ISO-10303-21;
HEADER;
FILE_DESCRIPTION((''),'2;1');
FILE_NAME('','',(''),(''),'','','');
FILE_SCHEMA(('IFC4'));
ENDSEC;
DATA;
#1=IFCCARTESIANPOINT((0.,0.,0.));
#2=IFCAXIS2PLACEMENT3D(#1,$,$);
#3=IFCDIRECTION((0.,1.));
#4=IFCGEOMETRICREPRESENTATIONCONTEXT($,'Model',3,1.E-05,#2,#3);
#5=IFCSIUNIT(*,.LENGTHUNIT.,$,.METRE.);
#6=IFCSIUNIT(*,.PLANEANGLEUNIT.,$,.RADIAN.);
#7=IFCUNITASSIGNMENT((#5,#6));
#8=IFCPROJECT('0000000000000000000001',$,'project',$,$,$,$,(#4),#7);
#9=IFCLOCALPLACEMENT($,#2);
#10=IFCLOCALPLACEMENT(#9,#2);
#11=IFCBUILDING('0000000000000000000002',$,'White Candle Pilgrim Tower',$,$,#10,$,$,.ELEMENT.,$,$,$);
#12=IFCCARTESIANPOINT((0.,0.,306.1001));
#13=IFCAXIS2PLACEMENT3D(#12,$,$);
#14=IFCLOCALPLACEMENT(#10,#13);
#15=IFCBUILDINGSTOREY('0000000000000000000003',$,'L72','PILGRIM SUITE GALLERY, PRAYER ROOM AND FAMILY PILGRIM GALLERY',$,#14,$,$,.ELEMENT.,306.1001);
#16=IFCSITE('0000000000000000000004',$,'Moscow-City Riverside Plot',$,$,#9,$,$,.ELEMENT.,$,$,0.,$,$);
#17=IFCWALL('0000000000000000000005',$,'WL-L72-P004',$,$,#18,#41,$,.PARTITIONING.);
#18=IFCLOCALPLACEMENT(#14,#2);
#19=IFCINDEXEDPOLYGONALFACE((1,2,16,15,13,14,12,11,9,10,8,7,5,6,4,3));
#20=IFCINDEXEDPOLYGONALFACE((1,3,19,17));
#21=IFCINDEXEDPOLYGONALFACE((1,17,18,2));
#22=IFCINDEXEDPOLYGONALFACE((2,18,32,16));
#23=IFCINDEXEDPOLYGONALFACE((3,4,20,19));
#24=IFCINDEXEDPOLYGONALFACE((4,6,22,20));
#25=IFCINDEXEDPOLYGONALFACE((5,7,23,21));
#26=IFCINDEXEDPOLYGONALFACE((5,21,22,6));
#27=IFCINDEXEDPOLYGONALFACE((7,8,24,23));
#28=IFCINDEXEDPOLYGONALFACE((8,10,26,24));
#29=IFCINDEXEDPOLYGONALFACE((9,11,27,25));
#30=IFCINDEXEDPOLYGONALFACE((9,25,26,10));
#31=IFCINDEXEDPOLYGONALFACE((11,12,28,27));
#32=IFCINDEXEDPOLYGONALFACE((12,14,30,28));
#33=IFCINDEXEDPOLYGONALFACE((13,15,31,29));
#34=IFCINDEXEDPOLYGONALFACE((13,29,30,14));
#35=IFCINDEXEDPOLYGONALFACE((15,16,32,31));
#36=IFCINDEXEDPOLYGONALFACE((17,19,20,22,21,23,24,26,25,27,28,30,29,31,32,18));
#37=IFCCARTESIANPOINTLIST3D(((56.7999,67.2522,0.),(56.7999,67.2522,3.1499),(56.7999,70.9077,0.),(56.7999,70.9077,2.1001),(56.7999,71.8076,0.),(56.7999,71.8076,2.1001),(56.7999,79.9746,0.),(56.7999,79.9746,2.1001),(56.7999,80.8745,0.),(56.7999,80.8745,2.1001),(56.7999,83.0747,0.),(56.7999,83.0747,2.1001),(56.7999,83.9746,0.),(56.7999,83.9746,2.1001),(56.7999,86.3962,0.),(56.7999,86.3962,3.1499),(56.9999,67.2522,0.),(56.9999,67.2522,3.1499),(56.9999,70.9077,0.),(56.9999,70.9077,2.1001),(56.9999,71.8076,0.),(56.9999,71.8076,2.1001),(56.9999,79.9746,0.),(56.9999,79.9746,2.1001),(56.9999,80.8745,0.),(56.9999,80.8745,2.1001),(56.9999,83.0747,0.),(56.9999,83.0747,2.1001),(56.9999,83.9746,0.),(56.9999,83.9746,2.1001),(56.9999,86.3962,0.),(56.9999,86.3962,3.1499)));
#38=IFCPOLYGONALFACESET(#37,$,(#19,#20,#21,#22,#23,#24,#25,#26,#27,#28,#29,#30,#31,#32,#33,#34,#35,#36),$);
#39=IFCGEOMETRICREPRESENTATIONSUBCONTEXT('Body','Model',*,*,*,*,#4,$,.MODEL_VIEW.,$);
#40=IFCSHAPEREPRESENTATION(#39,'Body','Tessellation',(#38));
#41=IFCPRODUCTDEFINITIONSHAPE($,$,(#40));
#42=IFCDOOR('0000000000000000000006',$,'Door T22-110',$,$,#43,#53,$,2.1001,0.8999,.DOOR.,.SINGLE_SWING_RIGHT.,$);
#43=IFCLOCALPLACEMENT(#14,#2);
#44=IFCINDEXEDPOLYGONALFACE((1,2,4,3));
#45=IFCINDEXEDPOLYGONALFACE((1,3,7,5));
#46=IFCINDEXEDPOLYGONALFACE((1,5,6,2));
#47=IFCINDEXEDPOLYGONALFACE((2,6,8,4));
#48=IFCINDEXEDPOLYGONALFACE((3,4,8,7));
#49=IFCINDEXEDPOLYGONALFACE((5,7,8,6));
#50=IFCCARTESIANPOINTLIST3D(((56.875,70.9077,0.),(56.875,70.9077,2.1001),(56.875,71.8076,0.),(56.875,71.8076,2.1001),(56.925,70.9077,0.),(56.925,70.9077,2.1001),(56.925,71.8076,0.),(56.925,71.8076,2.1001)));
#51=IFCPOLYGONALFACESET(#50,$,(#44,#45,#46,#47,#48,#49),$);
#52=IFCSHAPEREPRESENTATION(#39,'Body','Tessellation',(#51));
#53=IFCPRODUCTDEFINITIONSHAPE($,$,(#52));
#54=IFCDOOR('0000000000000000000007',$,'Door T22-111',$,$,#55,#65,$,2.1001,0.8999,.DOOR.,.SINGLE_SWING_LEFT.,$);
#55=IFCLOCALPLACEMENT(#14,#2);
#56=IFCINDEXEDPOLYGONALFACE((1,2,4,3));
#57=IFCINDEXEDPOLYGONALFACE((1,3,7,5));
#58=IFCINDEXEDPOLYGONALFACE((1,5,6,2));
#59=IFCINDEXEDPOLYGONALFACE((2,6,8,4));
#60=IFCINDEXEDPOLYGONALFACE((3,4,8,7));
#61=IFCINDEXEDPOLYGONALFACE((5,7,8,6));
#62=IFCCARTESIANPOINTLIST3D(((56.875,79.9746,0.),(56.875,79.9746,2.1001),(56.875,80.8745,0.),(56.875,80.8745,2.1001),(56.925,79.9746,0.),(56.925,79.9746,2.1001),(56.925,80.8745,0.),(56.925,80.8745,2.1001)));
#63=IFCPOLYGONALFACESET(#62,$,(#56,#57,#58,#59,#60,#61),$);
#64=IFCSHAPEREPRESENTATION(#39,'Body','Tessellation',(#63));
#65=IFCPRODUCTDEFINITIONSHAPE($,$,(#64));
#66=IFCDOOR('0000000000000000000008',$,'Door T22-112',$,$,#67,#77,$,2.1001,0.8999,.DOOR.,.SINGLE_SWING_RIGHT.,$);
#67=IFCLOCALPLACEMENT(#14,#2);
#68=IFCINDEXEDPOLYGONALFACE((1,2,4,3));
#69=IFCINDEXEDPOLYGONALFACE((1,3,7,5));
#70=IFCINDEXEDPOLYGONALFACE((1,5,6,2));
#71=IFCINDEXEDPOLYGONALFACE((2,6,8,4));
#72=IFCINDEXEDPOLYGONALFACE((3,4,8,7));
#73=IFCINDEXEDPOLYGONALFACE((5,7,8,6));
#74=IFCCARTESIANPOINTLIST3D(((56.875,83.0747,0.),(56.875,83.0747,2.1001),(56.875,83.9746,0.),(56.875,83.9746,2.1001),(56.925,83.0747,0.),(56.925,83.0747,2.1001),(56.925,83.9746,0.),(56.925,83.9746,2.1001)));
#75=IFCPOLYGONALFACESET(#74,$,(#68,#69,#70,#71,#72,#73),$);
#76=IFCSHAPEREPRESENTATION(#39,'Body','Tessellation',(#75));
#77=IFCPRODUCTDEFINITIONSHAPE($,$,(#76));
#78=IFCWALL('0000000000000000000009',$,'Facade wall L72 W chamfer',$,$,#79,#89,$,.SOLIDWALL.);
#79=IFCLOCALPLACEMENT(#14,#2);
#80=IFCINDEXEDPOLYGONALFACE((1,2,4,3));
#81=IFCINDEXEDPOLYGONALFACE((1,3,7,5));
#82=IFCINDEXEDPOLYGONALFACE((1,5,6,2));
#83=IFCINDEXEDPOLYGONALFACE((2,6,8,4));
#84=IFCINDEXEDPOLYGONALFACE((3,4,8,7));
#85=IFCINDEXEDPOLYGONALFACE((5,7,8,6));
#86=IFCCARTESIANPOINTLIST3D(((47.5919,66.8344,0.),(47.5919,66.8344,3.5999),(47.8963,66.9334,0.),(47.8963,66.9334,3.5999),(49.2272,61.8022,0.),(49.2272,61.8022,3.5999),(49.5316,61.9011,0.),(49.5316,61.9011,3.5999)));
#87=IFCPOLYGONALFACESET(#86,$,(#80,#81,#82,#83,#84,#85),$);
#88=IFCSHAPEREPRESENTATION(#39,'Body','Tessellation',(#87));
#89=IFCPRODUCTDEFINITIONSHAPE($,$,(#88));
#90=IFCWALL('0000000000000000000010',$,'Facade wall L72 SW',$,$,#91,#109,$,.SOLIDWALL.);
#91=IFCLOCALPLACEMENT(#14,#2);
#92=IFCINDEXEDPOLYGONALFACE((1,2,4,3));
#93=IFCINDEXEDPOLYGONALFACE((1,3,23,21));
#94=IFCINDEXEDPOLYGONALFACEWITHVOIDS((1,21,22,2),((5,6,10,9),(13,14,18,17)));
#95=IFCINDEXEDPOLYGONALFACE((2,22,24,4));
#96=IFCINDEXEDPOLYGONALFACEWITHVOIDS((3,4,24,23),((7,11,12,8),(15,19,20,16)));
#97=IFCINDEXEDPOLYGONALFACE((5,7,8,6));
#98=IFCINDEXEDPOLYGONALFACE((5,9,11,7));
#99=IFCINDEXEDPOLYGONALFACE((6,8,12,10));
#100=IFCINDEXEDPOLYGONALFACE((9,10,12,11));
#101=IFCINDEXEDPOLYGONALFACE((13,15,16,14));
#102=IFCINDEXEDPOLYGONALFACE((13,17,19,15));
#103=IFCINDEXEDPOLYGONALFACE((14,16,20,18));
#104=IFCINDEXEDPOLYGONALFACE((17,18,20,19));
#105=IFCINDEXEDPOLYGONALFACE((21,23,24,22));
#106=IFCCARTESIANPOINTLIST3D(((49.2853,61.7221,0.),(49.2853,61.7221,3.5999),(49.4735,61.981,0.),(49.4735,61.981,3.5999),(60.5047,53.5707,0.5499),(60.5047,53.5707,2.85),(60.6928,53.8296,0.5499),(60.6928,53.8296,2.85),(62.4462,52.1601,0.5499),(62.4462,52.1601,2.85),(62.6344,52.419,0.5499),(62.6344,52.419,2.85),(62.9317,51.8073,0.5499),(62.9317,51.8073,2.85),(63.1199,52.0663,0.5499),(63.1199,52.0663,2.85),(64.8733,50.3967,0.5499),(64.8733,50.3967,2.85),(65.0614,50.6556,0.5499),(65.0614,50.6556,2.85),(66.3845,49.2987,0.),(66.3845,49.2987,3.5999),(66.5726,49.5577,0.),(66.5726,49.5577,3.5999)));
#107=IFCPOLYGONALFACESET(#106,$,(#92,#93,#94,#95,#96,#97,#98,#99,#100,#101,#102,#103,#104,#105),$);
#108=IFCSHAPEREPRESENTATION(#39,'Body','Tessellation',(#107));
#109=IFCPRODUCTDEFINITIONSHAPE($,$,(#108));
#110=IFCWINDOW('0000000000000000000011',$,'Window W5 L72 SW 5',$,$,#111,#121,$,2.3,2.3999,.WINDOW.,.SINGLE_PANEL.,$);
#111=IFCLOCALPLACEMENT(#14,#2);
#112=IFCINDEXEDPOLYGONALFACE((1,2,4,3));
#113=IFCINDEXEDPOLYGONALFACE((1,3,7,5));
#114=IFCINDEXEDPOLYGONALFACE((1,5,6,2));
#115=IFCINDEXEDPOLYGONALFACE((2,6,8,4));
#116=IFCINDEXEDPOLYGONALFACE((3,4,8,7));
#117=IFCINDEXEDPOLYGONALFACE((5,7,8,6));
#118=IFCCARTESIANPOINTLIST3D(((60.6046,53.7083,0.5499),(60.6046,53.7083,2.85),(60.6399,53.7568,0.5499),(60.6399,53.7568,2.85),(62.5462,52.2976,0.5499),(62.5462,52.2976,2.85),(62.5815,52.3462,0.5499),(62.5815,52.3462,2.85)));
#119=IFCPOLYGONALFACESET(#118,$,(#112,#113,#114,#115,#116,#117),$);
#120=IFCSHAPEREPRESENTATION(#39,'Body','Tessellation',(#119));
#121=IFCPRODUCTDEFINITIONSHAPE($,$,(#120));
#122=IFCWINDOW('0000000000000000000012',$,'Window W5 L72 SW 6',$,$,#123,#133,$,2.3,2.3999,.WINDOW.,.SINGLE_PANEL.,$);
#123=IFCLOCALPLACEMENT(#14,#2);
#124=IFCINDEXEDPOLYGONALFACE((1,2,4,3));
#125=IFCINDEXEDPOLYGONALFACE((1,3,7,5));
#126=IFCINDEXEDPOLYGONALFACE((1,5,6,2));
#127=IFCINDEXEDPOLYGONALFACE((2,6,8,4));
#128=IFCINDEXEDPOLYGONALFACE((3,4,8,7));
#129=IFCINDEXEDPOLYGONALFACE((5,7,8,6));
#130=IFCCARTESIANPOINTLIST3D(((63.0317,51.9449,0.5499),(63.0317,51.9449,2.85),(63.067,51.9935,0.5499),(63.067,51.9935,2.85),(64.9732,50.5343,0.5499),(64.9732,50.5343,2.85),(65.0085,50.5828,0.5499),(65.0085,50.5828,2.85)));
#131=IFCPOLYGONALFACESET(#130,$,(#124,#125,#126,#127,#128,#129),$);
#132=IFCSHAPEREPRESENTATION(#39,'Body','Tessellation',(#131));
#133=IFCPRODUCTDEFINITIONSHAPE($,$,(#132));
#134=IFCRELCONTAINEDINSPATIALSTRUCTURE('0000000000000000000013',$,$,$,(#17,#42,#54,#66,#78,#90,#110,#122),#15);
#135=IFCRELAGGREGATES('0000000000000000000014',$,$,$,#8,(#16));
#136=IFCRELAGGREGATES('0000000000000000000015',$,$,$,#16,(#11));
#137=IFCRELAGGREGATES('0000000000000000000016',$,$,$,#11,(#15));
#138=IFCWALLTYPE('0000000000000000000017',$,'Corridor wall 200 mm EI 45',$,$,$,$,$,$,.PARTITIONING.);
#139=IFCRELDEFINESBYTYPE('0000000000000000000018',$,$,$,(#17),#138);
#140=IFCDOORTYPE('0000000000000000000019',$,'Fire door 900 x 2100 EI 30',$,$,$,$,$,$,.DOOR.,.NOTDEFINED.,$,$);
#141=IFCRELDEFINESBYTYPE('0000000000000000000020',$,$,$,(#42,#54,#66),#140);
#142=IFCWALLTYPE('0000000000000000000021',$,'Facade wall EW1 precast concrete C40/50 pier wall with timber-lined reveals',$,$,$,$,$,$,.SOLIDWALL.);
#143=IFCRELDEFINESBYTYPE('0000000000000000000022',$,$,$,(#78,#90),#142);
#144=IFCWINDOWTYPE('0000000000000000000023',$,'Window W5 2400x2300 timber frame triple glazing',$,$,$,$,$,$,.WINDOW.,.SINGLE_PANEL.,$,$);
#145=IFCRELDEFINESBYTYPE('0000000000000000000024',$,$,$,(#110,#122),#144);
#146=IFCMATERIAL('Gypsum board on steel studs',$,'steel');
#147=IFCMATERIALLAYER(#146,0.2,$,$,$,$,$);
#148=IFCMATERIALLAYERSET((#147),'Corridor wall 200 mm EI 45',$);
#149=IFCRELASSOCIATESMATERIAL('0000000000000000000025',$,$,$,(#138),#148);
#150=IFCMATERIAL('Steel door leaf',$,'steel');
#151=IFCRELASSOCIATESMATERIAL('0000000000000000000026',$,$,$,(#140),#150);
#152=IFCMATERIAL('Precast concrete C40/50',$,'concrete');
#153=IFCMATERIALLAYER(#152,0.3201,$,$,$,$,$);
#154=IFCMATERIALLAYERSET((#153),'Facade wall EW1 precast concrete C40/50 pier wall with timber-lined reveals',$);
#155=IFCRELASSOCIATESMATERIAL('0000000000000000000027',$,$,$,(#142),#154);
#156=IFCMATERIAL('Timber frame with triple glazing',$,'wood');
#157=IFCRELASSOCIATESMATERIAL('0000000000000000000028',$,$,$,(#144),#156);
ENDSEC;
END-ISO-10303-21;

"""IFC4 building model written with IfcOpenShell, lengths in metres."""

from ifc_helpers import new_model, si_unit, direction, frame, frame_2d, origin, place, context, subcontext, project, spatial, rectangle, extrude, material, layer, layer_set, type_object, element, fill, save


model = new_model("IFC4")

# Units and contexts
model_context = context("Model", 3, precision=1e-05, world=origin(), true_north=direction((0.0, 1.0)))
body_context = subcontext(model_context, "Body", "Model", "MODEL_VIEW")
ifc_project = project(units=[si_unit("LENGTHUNIT", "METRE"), si_unit("PLANEANGLEUNIT", "RADIAN")], contexts=[model_context])

# Site, building, storey
site_placement = place(None, origin())
site = spatial("IfcSite", under=ifc_project, at=site_placement, Name="Moscow-City Riverside Plot", CompositionType="ELEMENT", RefElevation=0.0)
building_placement = place(site_placement, origin())
building = spatial("IfcBuilding", under=site, at=building_placement, Name="White Candle Pilgrim Tower", CompositionType="ELEMENT")
storey_placement = place(building_placement, frame((0.0, 0.0, 306.1001)))
storey = spatial("IfcBuildingStorey", under=building, at=storey_placement, Name="L72", Description="PILGRIM SUITE GALLERY, PRAYER ROOM AND FAMILY PILGRIM GALLERY", CompositionType="ELEMENT", Elevation=306.1001)

# Wall, openings, doors
ifc_material_1 = material(Name="Gypsum board on steel studs", Category="steel")
ifc_layer_1 = layer(ifc_material_1, 0.2)
ifc_layer_set_1 = layer_set([ifc_layer_1], Name="Corridor wall 200 mm EI 45")
wall_type_1 = type_object("IfcWallType", Name="Corridor wall 200 mm EI 45", PredefinedType="PARTITIONING", material=ifc_layer_set_1)
wall_1_placement = place(storey_placement, frame((56.8999, 67.2522, 0.0), z_axis=(0.0, 0.0, 1.0), x_axis=(0.0, 1.0, 0.0)))
wall_1 = element("IfcWall", 1, at=wall_1_placement, inside=storey, type_object=wall_type_1, Name="WL-L72-P004", PredefinedType="PARTITIONING", context=body_context, shape_type="SweptSolid", body=[
    extrude(rectangle(XDim=19.144, YDim=0.2, at=frame_2d((9.572, 0.0))), origin(), (0.0, 0.0, 1.0), 3.1499),
])
opening_1_placement = place(wall_1_placement, frame((3.6555, 0.0, 0.0)))
opening_1 = element("IfcOpeningElement", 2, at=opening_1_placement, cuts=wall_1, PredefinedType="OPENING", context=body_context, shape_type="SweptSolid", body=[
    extrude(rectangle(XDim=0.8999, YDim=2.1001, at=frame_2d((0.45, 1.05))), frame((0.0, 0.1099, 0.0), z_axis=(0.0, -1.0, 0.0), x_axis=(1.0, 0.0, 0.0)), (0.0, 0.0, 1.0), 0.22),
])
opening_2_placement = place(wall_1_placement, frame((12.7224, 0.0, 0.0)))
opening_2 = element("IfcOpeningElement", 3, at=opening_2_placement, cuts=wall_1, PredefinedType="OPENING", context=body_context, shape_type="SweptSolid", body=[
    extrude(rectangle(XDim=0.8999, YDim=2.1001, at=frame_2d((0.45, 1.05))), frame((0.0, 0.1099, 0.0), z_axis=(0.0, -1.0, 0.0), x_axis=(1.0, 0.0, 0.0)), (0.0, 0.0, 1.0), 0.22),
])
opening_3_placement = place(wall_1_placement, frame((15.8225, 0.0, 0.0)))
opening_3 = element("IfcOpeningElement", 4, at=opening_3_placement, cuts=wall_1, PredefinedType="OPENING", context=body_context, shape_type="SweptSolid", body=[
    extrude(rectangle(XDim=0.8999, YDim=2.1001, at=frame_2d((0.45, 1.05))), frame((0.0, 0.1099, 0.0), z_axis=(0.0, -1.0, 0.0), x_axis=(1.0, 0.0, 0.0)), (0.0, 0.0, 1.0), 0.22),
])
ifc_material_2 = material(Name="Steel door leaf", Category="steel")
door_type_1 = type_object("IfcDoorType", Name="Fire door 900 x 2100 EI 30", OperationType="NOTDEFINED", PredefinedType="DOOR", material=ifc_material_2)
door_1_placement = place(opening_1_placement, origin())
door_1 = element("IfcDoor", 5, at=door_1_placement, inside=storey, type_object=door_type_1, Name="Door T22-110", OperationType="SINGLE_SWING_RIGHT", OverallHeight=2.1001, OverallWidth=0.8999, PredefinedType="DOOR", context=body_context, shape_type="SweptSolid", body=[
    extrude(rectangle(XDim=0.8999, YDim=2.1001, at=frame_2d((0.45, 1.05))), frame((0.0, 0.0249, 0.0), z_axis=(0.0, -1.0, 0.0), x_axis=(1.0, 0.0, 0.0)), (0.0, 0.0, 1.0), 0.05),
])
fill(opening_1, door_1)
door_2_placement = place(opening_2_placement, origin())
door_2 = element("IfcDoor", 6, at=door_2_placement, inside=storey, type_object=door_type_1, Name="Door T22-111", OperationType="SINGLE_SWING_LEFT", OverallHeight=2.1001, OverallWidth=0.8999, PredefinedType="DOOR", context=body_context, shape_type="SweptSolid", body=[
    extrude(rectangle(XDim=0.8999, YDim=2.1001, at=frame_2d((0.45, 1.05))), frame((0.0, 0.0249, 0.0), z_axis=(0.0, -1.0, 0.0), x_axis=(1.0, 0.0, 0.0)), (0.0, 0.0, 1.0), 0.05),
])
fill(opening_2, door_2)
door_3_placement = place(opening_3_placement, origin())
door_3 = element("IfcDoor", 7, at=door_3_placement, inside=storey, type_object=door_type_1, Name="Door T22-112", OperationType="SINGLE_SWING_RIGHT", OverallHeight=2.1001, OverallWidth=0.8999, PredefinedType="DOOR", context=body_context, shape_type="SweptSolid", body=[
    extrude(rectangle(XDim=0.8999, YDim=2.1001, at=frame_2d((0.45, 1.05))), frame((0.0, 0.0249, 0.0), z_axis=(0.0, -1.0, 0.0), x_axis=(1.0, 0.0, 0.0)), (0.0, 0.0, 1.0), 0.05),
])
fill(opening_3, door_3)

# Wall
ifc_material_3 = material(Name="Precast concrete C40/50", Category="concrete")
ifc_layer_2 = layer(ifc_material_3, 0.3201)
ifc_layer_set_2 = layer_set([ifc_layer_2], Name="Facade wall EW1 precast concrete C40/50 pier wall with timber-lined reveals")
wall_type_2 = type_object("IfcWallType", Name="Facade wall EW1 precast concrete C40/50 pier wall with timber-lined reveals", PredefinedType="SOLIDWALL", material=ifc_layer_set_2)
wall_2_placement = place(storey_placement, frame((47.7441, 66.8838, 0.0), z_axis=(0.0, 0.0, 1.0), x_axis=(0.309049, -0.951046, 0.0)))
element("IfcWall", 8, at=wall_2_placement, inside=storey, type_object=wall_type_2, Name="Facade wall L72 W chamfer", PredefinedType="SOLIDWALL", context=body_context, shape_type="SweptSolid", body=[
    extrude(rectangle(XDim=5.2913, YDim=0.3201, at=frame_2d((2.6455, 0.0))), origin(), (0.0, 0.0, 1.0), 3.5999),
])

# Wall, openings, windows
wall_3_placement = place(storey_placement, frame((49.3794, 61.8516, 0.0), z_axis=(0.0, 0.0, 1.0), x_axis=(0.809015, -0.587788, 0.0)))
wall_3 = element("IfcWall", 9, at=wall_3_placement, inside=storey, type_object=wall_type_2, Name="Facade wall L72 SW", PredefinedType="SOLIDWALL", context=body_context, shape_type="SweptSolid", body=[
    extrude(rectangle(XDim=21.1357, YDim=0.3201, at=frame_2d((10.5679, 0.0))), origin(), (0.0, 0.0, 1.0), 3.5999),
])
opening_4_placement = place(wall_3_placement, frame((13.8679, 0.0, 0.55)))
opening_4 = element("IfcOpeningElement", 10, at=opening_4_placement, cuts=wall_3, PredefinedType="OPENING", context=body_context, shape_type="SweptSolid", body=[
    extrude(rectangle(XDim=2.3999, YDim=2.3, at=frame_2d((1.2, 1.1499))), frame((0.0, 0.1699, 0.0), z_axis=(0.0, -1.0, 0.0), x_axis=(1.0, 0.0, 0.0)), (0.0, 0.0, 1.0), 0.3401),
])
opening_5_placement = place(wall_3_placement, frame((16.8679, 0.0, 0.55)))
opening_5 = element("IfcOpeningElement", 11, at=opening_5_placement, cuts=wall_3, PredefinedType="OPENING", context=body_context, shape_type="SweptSolid", body=[
    extrude(rectangle(XDim=2.3999, YDim=2.3, at=frame_2d((1.2, 1.1499))), frame((0.0, 0.1699, 0.0), z_axis=(0.0, -1.0, 0.0), x_axis=(1.0, 0.0, 0.0)), (0.0, 0.0, 1.0), 0.3401),
])
ifc_material_4 = material(Name="Timber frame with triple glazing", Category="wood")
window_type = type_object("IfcWindowType", Name="Window W5 2400x2300 timber frame triple glazing", PartitioningType="SINGLE_PANEL", PredefinedType="WINDOW", material=ifc_material_4)
window_1_placement = place(opening_4_placement, origin())
window_1 = element("IfcWindow", 12, at=window_1_placement, inside=storey, type_object=window_type, Name="Window W5 L72 SW 5", OverallHeight=2.3, OverallWidth=2.3999, PartitioningType="SINGLE_PANEL", PredefinedType="WINDOW", context=body_context, shape_type="SweptSolid", body=[
    extrude(rectangle(XDim=2.3999, YDim=2.3, at=frame_2d((1.2, 1.1499))), frame((0.0, 0.0701, 0.0), z_axis=(0.0, -1.0, 0.0), x_axis=(1.0, 0.0, 0.0)), (0.0, 0.0, 1.0), 0.0601),
])
fill(opening_4, window_1)
window_2_placement = place(opening_5_placement, origin())
window_2 = element("IfcWindow", 13, at=window_2_placement, inside=storey, type_object=window_type, Name="Window W5 L72 SW 6", OverallHeight=2.3, OverallWidth=2.3999, PartitioningType="SINGLE_PANEL", PredefinedType="WINDOW", context=body_context, shape_type="SweptSolid", body=[
    extrude(rectangle(XDim=2.3999, YDim=2.3, at=frame_2d((1.2, 1.1499))), frame((0.0, 0.0701, 0.0), z_axis=(0.0, -1.0, 0.0), x_axis=(1.0, 0.0, 0.0)), (0.0, 0.0, 1.0), 0.0601),
])
fill(opening_5, window_2)

save(model, "model.ifc")
